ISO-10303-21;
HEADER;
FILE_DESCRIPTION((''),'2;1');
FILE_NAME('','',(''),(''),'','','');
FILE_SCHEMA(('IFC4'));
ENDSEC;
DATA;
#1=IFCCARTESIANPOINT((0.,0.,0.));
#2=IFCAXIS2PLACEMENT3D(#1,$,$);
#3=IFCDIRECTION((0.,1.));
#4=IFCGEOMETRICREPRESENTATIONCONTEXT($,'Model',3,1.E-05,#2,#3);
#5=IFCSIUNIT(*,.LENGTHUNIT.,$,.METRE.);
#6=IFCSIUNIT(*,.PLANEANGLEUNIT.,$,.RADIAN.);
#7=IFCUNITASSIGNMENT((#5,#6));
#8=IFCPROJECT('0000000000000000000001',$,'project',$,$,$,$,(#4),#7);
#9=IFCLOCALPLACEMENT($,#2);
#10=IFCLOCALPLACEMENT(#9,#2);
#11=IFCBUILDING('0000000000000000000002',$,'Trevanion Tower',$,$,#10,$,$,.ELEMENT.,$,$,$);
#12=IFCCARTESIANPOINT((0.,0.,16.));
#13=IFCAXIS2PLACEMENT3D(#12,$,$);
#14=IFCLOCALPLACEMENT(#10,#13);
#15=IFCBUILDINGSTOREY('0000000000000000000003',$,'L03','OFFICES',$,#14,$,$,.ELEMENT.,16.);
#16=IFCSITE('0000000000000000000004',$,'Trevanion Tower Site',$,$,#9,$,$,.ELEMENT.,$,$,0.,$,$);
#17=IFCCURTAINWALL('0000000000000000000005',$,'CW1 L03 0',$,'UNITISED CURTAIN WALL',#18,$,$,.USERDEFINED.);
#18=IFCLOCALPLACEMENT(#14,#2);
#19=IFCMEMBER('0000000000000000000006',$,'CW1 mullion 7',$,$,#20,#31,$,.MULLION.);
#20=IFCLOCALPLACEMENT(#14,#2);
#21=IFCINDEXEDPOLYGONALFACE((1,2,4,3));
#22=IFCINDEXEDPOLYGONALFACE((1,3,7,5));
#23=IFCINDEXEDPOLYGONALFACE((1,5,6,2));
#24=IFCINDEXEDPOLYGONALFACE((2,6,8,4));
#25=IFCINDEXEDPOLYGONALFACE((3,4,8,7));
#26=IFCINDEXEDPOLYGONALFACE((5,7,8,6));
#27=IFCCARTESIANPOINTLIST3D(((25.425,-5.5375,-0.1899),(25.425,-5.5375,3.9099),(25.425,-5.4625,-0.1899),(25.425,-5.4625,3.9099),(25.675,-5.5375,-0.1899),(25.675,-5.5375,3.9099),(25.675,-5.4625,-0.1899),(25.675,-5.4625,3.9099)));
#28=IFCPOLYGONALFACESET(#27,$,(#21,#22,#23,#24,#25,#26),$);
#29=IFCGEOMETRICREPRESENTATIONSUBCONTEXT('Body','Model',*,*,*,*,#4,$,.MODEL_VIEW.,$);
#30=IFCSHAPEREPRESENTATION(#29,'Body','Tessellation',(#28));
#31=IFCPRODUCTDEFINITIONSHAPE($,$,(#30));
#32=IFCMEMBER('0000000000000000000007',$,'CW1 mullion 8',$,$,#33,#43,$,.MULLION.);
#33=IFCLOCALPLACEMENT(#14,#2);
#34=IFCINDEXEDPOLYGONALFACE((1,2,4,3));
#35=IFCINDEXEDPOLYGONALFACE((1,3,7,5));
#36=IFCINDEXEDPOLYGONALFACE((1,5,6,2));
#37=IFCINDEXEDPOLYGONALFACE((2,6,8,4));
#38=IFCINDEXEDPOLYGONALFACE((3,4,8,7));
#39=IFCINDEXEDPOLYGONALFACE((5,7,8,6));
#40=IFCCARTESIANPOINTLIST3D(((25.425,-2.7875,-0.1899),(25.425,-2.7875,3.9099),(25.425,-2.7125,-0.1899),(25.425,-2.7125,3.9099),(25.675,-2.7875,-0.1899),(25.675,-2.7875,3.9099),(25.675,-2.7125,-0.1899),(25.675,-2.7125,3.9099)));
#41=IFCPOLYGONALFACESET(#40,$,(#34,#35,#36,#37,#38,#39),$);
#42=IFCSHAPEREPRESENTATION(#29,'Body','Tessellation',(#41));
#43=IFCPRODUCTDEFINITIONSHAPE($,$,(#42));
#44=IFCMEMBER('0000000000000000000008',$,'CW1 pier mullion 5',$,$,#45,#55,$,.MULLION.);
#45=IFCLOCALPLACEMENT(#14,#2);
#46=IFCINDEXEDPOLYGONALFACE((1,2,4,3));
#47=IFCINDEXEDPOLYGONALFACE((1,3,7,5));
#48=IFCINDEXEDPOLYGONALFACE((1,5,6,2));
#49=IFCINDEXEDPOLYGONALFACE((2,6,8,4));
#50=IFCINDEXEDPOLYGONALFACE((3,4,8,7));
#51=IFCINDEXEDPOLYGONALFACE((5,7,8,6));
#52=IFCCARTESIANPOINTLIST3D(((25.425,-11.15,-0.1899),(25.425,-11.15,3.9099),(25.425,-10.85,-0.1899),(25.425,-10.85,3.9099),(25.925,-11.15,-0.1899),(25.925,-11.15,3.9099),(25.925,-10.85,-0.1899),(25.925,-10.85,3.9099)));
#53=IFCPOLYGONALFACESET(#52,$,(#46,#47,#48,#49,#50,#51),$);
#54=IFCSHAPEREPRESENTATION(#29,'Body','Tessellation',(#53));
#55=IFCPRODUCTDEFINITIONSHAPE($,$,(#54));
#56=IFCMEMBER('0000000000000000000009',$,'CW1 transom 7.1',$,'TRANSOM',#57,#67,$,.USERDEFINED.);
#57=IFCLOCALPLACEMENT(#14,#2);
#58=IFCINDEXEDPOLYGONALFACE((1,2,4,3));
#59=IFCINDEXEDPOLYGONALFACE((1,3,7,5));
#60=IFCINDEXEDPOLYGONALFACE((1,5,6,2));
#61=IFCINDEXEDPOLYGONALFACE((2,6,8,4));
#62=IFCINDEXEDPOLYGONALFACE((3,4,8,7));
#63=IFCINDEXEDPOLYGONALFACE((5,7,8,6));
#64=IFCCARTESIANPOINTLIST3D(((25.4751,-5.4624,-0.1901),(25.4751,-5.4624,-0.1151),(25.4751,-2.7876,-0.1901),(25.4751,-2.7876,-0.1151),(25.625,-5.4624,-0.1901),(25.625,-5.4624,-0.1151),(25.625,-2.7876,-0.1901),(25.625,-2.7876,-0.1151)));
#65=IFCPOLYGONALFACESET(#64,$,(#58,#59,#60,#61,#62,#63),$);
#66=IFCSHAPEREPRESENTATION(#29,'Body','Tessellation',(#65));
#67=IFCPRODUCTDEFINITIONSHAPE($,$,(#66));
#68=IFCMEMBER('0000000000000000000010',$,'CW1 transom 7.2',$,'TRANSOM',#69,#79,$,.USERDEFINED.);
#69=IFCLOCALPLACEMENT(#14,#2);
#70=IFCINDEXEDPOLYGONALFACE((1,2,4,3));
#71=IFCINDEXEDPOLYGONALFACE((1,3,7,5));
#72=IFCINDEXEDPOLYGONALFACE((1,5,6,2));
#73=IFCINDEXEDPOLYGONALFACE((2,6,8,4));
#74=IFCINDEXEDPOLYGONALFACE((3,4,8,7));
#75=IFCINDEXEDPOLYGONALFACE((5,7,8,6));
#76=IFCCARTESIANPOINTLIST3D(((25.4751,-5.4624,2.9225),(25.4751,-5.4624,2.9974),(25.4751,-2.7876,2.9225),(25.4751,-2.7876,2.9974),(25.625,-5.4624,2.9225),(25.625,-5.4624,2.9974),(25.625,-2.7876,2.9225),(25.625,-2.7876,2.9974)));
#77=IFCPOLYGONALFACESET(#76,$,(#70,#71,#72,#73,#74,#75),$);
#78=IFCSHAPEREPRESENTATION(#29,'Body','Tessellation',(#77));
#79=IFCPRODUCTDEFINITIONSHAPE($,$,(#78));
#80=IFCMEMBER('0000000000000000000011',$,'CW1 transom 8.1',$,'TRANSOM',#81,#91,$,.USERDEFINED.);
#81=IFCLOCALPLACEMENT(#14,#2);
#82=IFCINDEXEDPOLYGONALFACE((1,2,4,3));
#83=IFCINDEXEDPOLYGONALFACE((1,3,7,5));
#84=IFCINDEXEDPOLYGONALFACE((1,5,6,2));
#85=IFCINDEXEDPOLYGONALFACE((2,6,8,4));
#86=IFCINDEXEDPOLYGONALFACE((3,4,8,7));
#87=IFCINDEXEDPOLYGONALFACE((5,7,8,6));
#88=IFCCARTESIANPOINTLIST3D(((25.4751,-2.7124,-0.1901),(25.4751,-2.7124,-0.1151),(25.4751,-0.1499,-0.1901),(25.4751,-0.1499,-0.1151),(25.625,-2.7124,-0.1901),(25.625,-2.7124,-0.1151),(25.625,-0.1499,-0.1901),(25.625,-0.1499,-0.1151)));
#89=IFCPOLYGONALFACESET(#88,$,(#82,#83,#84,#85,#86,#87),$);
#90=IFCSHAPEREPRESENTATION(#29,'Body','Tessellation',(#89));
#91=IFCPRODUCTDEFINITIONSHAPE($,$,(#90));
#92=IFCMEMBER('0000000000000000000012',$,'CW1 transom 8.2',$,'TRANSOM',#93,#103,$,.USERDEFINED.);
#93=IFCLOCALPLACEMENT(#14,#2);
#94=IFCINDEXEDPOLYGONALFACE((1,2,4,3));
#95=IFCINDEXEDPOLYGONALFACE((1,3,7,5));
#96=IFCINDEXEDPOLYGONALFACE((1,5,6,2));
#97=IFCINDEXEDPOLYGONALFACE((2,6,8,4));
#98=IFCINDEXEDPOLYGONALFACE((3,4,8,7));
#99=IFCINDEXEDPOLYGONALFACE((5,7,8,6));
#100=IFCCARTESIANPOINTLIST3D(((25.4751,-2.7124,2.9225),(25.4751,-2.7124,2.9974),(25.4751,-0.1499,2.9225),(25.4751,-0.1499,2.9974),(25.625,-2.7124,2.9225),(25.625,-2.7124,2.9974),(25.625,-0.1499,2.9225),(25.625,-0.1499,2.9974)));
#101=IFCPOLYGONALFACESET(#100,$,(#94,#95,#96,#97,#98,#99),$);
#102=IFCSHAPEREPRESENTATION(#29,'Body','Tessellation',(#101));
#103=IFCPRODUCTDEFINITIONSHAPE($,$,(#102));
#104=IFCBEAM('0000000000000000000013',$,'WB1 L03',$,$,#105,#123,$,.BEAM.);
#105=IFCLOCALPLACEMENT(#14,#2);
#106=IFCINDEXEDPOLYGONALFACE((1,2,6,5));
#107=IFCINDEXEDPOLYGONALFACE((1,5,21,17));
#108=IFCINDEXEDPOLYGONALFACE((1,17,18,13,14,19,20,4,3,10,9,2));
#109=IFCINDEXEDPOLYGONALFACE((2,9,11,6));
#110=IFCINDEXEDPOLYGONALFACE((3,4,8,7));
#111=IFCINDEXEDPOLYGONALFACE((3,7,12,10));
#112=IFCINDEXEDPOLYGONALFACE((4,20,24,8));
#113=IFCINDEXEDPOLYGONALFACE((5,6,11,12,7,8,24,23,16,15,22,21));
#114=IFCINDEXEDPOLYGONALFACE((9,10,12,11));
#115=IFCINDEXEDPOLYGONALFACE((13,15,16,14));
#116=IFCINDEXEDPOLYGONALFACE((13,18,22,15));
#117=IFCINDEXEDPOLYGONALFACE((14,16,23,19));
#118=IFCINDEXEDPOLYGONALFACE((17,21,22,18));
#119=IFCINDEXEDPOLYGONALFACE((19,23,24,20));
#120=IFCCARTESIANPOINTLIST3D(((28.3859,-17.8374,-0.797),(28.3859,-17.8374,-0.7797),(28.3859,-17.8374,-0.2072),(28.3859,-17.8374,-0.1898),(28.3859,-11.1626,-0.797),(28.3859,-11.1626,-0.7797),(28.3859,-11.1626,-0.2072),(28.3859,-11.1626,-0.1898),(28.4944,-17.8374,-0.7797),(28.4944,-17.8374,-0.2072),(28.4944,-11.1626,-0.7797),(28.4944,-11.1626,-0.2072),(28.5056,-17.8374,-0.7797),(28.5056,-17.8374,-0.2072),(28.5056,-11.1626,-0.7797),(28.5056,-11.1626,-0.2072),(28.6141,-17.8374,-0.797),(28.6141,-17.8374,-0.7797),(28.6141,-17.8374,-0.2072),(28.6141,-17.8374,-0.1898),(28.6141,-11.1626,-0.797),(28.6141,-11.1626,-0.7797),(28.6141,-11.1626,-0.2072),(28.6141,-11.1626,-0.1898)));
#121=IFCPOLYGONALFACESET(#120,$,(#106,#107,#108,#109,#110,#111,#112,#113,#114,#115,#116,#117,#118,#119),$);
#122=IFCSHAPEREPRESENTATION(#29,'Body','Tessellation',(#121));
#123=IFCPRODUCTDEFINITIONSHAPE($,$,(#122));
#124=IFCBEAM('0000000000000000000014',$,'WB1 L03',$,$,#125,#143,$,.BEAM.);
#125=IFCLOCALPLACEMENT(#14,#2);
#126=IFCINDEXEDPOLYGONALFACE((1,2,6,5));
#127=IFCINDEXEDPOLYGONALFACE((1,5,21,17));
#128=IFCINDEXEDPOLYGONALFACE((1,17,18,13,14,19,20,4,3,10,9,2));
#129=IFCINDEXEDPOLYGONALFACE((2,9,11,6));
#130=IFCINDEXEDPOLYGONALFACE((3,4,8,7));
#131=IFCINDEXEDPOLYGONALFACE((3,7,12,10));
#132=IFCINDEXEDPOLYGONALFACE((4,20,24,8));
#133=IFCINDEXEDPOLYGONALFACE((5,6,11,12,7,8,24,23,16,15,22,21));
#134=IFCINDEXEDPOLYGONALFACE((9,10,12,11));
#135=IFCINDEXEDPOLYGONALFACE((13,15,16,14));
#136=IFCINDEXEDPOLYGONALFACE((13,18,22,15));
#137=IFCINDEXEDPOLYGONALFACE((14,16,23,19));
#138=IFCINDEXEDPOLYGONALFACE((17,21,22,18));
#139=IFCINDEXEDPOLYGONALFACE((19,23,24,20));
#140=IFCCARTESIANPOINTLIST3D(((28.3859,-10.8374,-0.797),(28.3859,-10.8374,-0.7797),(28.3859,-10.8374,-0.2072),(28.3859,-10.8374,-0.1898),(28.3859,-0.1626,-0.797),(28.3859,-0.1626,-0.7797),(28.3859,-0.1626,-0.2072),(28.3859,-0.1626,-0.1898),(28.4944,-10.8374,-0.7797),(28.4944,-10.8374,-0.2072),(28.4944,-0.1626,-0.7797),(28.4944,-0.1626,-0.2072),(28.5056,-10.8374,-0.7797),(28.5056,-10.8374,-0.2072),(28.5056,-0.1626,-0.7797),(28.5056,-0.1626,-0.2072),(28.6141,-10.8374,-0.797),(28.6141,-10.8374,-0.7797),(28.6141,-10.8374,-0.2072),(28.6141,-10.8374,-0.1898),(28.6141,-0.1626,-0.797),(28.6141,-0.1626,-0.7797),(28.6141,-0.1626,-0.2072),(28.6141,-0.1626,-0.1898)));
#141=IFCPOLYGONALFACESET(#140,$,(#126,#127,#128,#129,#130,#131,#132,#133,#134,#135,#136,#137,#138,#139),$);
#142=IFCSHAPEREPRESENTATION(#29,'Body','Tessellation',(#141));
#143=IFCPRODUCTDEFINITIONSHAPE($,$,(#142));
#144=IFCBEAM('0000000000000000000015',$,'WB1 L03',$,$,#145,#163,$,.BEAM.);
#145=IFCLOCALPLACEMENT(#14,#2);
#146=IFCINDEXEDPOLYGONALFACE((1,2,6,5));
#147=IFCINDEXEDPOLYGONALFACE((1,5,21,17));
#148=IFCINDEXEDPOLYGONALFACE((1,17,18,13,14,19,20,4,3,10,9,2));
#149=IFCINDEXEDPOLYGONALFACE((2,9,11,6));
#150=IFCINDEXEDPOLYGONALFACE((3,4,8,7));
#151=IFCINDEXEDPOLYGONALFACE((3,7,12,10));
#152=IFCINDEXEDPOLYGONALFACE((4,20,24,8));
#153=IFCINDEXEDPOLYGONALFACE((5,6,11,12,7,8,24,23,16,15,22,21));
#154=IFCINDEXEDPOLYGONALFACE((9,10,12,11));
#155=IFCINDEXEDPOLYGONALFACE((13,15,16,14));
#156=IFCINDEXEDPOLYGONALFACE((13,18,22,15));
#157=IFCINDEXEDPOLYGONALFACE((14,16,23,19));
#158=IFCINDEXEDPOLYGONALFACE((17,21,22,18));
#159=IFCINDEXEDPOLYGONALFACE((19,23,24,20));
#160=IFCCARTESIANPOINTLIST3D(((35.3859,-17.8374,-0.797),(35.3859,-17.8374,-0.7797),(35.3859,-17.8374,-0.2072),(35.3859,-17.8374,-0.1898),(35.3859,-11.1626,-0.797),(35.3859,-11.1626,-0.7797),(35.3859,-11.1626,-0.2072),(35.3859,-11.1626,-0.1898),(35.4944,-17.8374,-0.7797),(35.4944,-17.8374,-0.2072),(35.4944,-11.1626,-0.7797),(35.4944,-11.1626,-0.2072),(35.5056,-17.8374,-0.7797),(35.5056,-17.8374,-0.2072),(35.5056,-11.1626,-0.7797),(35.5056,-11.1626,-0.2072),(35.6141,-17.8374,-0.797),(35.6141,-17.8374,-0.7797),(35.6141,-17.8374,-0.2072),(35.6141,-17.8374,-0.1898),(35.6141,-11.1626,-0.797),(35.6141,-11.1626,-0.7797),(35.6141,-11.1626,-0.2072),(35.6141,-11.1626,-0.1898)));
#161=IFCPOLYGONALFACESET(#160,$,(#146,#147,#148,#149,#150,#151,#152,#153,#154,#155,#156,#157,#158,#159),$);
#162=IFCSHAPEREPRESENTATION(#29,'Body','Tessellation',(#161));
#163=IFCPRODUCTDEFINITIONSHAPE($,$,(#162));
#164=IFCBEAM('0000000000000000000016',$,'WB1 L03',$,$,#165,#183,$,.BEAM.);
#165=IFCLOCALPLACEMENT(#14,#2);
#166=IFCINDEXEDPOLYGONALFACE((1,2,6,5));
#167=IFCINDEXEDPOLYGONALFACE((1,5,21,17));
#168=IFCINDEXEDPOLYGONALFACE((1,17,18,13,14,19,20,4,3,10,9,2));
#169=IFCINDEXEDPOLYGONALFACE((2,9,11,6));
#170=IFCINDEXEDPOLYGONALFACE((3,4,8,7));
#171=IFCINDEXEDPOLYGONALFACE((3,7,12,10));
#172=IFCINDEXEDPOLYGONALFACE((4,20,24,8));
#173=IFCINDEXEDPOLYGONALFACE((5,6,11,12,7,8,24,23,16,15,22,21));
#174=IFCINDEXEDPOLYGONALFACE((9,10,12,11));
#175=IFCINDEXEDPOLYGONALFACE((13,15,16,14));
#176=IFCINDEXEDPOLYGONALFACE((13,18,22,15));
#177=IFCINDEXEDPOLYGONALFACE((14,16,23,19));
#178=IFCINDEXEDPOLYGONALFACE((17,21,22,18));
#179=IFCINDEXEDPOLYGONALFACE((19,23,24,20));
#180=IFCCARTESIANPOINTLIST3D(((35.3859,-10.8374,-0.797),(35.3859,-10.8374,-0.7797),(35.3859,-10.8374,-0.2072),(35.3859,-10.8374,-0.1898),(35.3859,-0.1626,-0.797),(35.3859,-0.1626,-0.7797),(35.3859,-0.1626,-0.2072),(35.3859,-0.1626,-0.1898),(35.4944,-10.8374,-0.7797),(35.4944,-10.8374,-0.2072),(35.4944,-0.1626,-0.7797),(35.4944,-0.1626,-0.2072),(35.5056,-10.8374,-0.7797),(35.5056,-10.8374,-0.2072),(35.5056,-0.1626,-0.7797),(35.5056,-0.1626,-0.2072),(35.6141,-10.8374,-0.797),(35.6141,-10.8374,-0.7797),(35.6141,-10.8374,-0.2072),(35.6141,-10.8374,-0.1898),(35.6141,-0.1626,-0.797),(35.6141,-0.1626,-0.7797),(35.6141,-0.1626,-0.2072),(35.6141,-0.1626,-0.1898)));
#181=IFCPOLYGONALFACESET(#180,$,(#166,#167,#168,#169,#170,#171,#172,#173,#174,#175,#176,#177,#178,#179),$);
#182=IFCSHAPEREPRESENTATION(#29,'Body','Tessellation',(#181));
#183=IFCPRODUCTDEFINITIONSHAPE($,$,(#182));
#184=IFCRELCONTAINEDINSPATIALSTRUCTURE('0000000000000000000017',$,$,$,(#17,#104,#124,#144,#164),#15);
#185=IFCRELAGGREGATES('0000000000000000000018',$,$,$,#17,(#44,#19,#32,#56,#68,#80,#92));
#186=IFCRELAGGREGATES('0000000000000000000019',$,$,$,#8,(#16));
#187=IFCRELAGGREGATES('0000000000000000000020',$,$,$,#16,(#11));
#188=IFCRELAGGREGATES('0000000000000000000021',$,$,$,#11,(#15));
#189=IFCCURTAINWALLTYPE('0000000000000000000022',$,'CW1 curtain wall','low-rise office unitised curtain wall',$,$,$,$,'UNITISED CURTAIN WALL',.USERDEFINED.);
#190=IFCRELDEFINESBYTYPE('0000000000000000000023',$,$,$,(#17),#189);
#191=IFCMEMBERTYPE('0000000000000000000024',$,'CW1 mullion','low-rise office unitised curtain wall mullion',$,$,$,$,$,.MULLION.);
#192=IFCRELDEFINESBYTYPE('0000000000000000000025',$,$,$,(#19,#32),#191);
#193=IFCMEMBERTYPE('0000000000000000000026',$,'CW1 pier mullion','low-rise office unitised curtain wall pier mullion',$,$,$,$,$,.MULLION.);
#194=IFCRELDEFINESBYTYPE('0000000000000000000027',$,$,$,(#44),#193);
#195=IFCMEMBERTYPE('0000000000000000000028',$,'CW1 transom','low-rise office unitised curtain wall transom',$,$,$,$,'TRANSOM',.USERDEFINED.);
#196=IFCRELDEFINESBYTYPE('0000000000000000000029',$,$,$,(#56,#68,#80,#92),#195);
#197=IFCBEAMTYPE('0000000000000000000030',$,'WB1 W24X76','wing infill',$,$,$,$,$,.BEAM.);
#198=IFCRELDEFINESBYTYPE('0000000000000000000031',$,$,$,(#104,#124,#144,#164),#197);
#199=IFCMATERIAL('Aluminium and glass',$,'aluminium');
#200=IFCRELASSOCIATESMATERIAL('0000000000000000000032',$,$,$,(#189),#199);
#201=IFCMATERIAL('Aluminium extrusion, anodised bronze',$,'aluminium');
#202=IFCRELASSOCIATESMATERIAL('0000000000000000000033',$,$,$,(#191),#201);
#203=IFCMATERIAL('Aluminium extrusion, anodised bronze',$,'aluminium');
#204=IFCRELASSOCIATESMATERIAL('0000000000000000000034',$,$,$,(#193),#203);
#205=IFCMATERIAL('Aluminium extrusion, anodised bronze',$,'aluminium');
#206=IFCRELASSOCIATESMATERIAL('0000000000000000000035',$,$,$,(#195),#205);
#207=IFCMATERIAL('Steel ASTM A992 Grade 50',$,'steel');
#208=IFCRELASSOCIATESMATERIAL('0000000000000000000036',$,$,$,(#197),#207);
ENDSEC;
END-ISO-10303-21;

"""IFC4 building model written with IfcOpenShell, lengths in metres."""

from ifc_helpers import new_model, si_unit, direction, frame, origin, origin_2d, place, context, subcontext, project, spatial, rectangle, i_section, extrude, material, material_profile, profile_set, type_object, element, aggregate, save


model = new_model("IFC4")

# Units and contexts
model_context = context("Model", 3, precision=1e-05, world=origin(), true_north=direction((0.0, 1.0)))
body_context = subcontext(model_context, "Body", "Model", "MODEL_VIEW")
ifc_project = project(units=[si_unit("LENGTHUNIT", "METRE"), si_unit("PLANEANGLEUNIT", "RADIAN")], contexts=[model_context])

# Site, building, storey
site_placement = place(None, origin())
site = spatial("IfcSite", under=ifc_project, at=site_placement, Name="Trevanion Tower Site", CompositionType="ELEMENT", RefElevation=0.0)
building_placement = place(site_placement, origin())
building = spatial("IfcBuilding", under=site, at=building_placement, Name="Trevanion Tower", CompositionType="ELEMENT")
storey_placement = place(building_placement, frame((0.0, 0.0, 16.0)))
storey = spatial("IfcBuildingStorey", under=building, at=storey_placement, Name="L03", Description="OFFICES", CompositionType="ELEMENT", Elevation=16.0)

# Curtain wall, members
ifc_material_1 = material(Name="Aluminium and glass", Category="aluminium")
curtain_wall_type = type_object("IfcCurtainWallType", Name="CW1 curtain wall", Description="low-rise office unitised curtain wall", ElementType="UNITISED CURTAIN WALL", PredefinedType="USERDEFINED", material=ifc_material_1)
curtain_wall_placement = place(storey_placement, origin())
curtain_wall = element("IfcCurtainWall", 1, at=curtain_wall_placement, inside=storey, type_object=curtain_wall_type, Name="CW1 L03 0", ObjectType="UNITISED CURTAIN WALL", PredefinedType="USERDEFINED")
ifc_material_2 = material(Name="Aluminium extrusion, anodised bronze", Category="aluminium")
ifc_material_profile_1 = material_profile(ifc_material_2, rectangle(XDim=0.075, YDim=0.25, at=origin_2d()), Name="CW1 mullion")
ifc_profile_set_1 = profile_set([ifc_material_profile_1], Name="Aluminium extrusion, anodised bronze")
member_type_1 = type_object("IfcMemberType", Name="CW1 mullion", Description="low-rise office unitised curtain wall mullion", PredefinedType="MULLION", material=ifc_profile_set_1)
member_1_placement = place(storey_placement, frame((25.55, -5.5, -0.1899), z_axis=(0.0, 0.0, 1.0), x_axis=(0.0, 1.0, 0.0)))
member_1 = element("IfcMember", 2, at=member_1_placement, type_object=member_type_1, Name="CW1 mullion 7", PredefinedType="MULLION", context=body_context, shape_type="SweptSolid", body=[
    extrude(rectangle(XDim=0.075, YDim=0.25, at=origin_2d()), origin(), (0.0, 0.0, 1.0), 4.0999),
])
member_2_placement = place(storey_placement, frame((25.55, -2.75, -0.1899), z_axis=(0.0, 0.0, 1.0), x_axis=(0.0, 1.0, 0.0)))
member_2 = element("IfcMember", 3, at=member_2_placement, type_object=member_type_1, Name="CW1 mullion 8", PredefinedType="MULLION", context=body_context, shape_type="SweptSolid", body=[
    extrude(rectangle(XDim=0.075, YDim=0.25, at=origin_2d()), origin(), (0.0, 0.0, 1.0), 4.0999),
])
ifc_material_3 = material(Name="Aluminium extrusion, anodised bronze", Category="aluminium")
ifc_material_profile_2 = material_profile(ifc_material_3, rectangle(XDim=0.3, YDim=0.5, at=origin_2d()), Name="CW1 pier mullion")
ifc_profile_set_2 = profile_set([ifc_material_profile_2], Name="Aluminium extrusion, anodised bronze")
member_type_2 = type_object("IfcMemberType", Name="CW1 pier mullion", Description="low-rise office unitised curtain wall pier mullion", PredefinedType="MULLION", material=ifc_profile_set_2)
member_3_placement = place(storey_placement, frame((25.675, -11.0, -0.1899), z_axis=(0.0, 0.0, 1.0), x_axis=(0.0, 1.0, 0.0)))
member_3 = element("IfcMember", 4, at=member_3_placement, type_object=member_type_2, Name="CW1 pier mullion 5", PredefinedType="MULLION", context=body_context, shape_type="SweptSolid", body=[
    extrude(rectangle(XDim=0.3, YDim=0.5, at=origin_2d()), origin(), (0.0, 0.0, 1.0), 4.0999),
])
ifc_material_4 = material(Name="Aluminium extrusion, anodised bronze", Category="aluminium")
ifc_material_profile_3 = material_profile(ifc_material_4, rectangle(XDim=0.1499, YDim=0.075, at=origin_2d()), Name="CW1 transom")
ifc_profile_set_3 = profile_set([ifc_material_profile_3], Name="Aluminium extrusion, anodised bronze")
member_type_3 = type_object("IfcMemberType", Name="CW1 transom", Description="low-rise office unitised curtain wall transom", ElementType="TRANSOM", PredefinedType="USERDEFINED", material=ifc_profile_set_3)
member_4_placement = place(storey_placement, frame((25.55, -5.4624, -0.1526), z_axis=(0.0, 1.0, 0.0), x_axis=(-1.0, 0.0, 0.0)))
member_4 = element("IfcMember", 5, at=member_4_placement, type_object=member_type_3, Name="CW1 transom 7.1", ObjectType="TRANSOM", PredefinedType="USERDEFINED", context=body_context, shape_type="SweptSolid", body=[
    extrude(rectangle(XDim=0.1499, YDim=0.075, at=origin_2d()), origin(), (0.0, 0.0, 1.0), 2.6748),
])
member_5_placement = place(storey_placement, frame((25.55, -5.4624, 2.96), z_axis=(0.0, 1.0, 0.0), x_axis=(-1.0, 0.0, 0.0)))
member_5 = element("IfcMember", 6, at=member_5_placement, type_object=member_type_3, Name="CW1 transom 7.2", ObjectType="TRANSOM", PredefinedType="USERDEFINED", context=body_context, shape_type="SweptSolid", body=[
    extrude(rectangle(XDim=0.1499, YDim=0.075, at=origin_2d()), origin(), (0.0, 0.0, 1.0), 2.6748),
])
member_6_placement = place(storey_placement, frame((25.55, -2.7124, -0.1526), z_axis=(0.0, 1.0, 0.0), x_axis=(-1.0, 0.0, 0.0)))
member_6 = element("IfcMember", 7, at=member_6_placement, type_object=member_type_3, Name="CW1 transom 8.1", ObjectType="TRANSOM", PredefinedType="USERDEFINED", context=body_context, shape_type="SweptSolid", body=[
    extrude(rectangle(XDim=0.1499, YDim=0.075, at=origin_2d()), origin(), (0.0, 0.0, 1.0), 2.5625),
])
member_7_placement = place(storey_placement, frame((25.55, -2.7124, 2.96), z_axis=(0.0, 1.0, 0.0), x_axis=(-1.0, 0.0, 0.0)))
member_7 = element("IfcMember", 8, at=member_7_placement, type_object=member_type_3, Name="CW1 transom 8.2", ObjectType="TRANSOM", PredefinedType="USERDEFINED", context=body_context, shape_type="SweptSolid", body=[
    extrude(rectangle(XDim=0.1499, YDim=0.075, at=origin_2d()), origin(), (0.0, 0.0, 1.0), 2.5625),
])

# Beams
ifc_material_5 = material(Name="Steel ASTM A992 Grade 50", Category="steel")
ifc_material_profile_4 = material_profile(ifc_material_5, i_section(OverallWidth=0.2283, OverallDepth=0.6072, WebThickness=0.0112, FlangeThickness=0.0173, at=origin_2d()), Name="W24X76")
ifc_profile_set_4 = profile_set([ifc_material_profile_4], Name="Steel ASTM A992 Grade 50")
beam_type_1 = type_object("IfcBeamType", Name="WB1 W24X76", Description="wing infill", PredefinedType="BEAM", material=ifc_profile_set_4)
beam_1_placement = place(storey_placement, frame((28.5, -17.8374, -0.4934), z_axis=(0.0, 1.0, 0.0), x_axis=(-1.0, 0.0, 0.0)))
element("IfcBeam", 9, at=beam_1_placement, inside=storey, type_object=beam_type_1, Name="WB1 L03", PredefinedType="BEAM", context=body_context, shape_type="SweptSolid", body=[
    extrude(i_section(OverallWidth=0.2283, OverallDepth=0.6072, WebThickness=0.0112, FlangeThickness=0.0173, at=origin_2d()), origin(), (0.0, 0.0, 1.0), 6.6748),
])
beam_2_placement = place(storey_placement, frame((28.5, -10.8374, -0.4934), z_axis=(0.0, 1.0, 0.0), x_axis=(-1.0, 0.0, 0.0)))
element("IfcBeam", 10, at=beam_2_placement, inside=storey, type_object=beam_type_1, Name="WB1 L03", PredefinedType="BEAM", context=body_context, shape_type="SweptSolid", body=[
    extrude(i_section(OverallWidth=0.2283, OverallDepth=0.6072, WebThickness=0.0112, FlangeThickness=0.0173, at=origin_2d()), origin(), (0.0, 0.0, 1.0), 10.6748),
])
beam_3_placement = place(storey_placement, frame((35.5, -17.8374, -0.4934), z_axis=(0.0, 1.0, 0.0), x_axis=(-1.0, 0.0, 0.0)))
element("IfcBeam", 11, at=beam_3_placement, inside=storey, type_object=beam_type_1, Name="WB1 L03", PredefinedType="BEAM", context=body_context, shape_type="SweptSolid", body=[
    extrude(i_section(OverallWidth=0.2283, OverallDepth=0.6072, WebThickness=0.0112, FlangeThickness=0.0173, at=origin_2d()), origin(), (0.0, 0.0, 1.0), 6.6748),
])
beam_4_placement = place(storey_placement, frame((35.5, -10.8374, -0.4934), z_axis=(0.0, 1.0, 0.0), x_axis=(-1.0, 0.0, 0.0)))
element("IfcBeam", 12, at=beam_4_placement, inside=storey, type_object=beam_type_1, Name="WB1 L03", PredefinedType="BEAM", context=body_context, shape_type="SweptSolid", body=[
    extrude(i_section(OverallWidth=0.2283, OverallDepth=0.6072, WebThickness=0.0112, FlangeThickness=0.0173, at=origin_2d()), origin(), (0.0, 0.0, 1.0), 10.6748),
])

aggregate(curtain_wall, [member_3, member_1, member_2, member_4, member_5, member_6, member_7])

save(model, "model.ifc")
